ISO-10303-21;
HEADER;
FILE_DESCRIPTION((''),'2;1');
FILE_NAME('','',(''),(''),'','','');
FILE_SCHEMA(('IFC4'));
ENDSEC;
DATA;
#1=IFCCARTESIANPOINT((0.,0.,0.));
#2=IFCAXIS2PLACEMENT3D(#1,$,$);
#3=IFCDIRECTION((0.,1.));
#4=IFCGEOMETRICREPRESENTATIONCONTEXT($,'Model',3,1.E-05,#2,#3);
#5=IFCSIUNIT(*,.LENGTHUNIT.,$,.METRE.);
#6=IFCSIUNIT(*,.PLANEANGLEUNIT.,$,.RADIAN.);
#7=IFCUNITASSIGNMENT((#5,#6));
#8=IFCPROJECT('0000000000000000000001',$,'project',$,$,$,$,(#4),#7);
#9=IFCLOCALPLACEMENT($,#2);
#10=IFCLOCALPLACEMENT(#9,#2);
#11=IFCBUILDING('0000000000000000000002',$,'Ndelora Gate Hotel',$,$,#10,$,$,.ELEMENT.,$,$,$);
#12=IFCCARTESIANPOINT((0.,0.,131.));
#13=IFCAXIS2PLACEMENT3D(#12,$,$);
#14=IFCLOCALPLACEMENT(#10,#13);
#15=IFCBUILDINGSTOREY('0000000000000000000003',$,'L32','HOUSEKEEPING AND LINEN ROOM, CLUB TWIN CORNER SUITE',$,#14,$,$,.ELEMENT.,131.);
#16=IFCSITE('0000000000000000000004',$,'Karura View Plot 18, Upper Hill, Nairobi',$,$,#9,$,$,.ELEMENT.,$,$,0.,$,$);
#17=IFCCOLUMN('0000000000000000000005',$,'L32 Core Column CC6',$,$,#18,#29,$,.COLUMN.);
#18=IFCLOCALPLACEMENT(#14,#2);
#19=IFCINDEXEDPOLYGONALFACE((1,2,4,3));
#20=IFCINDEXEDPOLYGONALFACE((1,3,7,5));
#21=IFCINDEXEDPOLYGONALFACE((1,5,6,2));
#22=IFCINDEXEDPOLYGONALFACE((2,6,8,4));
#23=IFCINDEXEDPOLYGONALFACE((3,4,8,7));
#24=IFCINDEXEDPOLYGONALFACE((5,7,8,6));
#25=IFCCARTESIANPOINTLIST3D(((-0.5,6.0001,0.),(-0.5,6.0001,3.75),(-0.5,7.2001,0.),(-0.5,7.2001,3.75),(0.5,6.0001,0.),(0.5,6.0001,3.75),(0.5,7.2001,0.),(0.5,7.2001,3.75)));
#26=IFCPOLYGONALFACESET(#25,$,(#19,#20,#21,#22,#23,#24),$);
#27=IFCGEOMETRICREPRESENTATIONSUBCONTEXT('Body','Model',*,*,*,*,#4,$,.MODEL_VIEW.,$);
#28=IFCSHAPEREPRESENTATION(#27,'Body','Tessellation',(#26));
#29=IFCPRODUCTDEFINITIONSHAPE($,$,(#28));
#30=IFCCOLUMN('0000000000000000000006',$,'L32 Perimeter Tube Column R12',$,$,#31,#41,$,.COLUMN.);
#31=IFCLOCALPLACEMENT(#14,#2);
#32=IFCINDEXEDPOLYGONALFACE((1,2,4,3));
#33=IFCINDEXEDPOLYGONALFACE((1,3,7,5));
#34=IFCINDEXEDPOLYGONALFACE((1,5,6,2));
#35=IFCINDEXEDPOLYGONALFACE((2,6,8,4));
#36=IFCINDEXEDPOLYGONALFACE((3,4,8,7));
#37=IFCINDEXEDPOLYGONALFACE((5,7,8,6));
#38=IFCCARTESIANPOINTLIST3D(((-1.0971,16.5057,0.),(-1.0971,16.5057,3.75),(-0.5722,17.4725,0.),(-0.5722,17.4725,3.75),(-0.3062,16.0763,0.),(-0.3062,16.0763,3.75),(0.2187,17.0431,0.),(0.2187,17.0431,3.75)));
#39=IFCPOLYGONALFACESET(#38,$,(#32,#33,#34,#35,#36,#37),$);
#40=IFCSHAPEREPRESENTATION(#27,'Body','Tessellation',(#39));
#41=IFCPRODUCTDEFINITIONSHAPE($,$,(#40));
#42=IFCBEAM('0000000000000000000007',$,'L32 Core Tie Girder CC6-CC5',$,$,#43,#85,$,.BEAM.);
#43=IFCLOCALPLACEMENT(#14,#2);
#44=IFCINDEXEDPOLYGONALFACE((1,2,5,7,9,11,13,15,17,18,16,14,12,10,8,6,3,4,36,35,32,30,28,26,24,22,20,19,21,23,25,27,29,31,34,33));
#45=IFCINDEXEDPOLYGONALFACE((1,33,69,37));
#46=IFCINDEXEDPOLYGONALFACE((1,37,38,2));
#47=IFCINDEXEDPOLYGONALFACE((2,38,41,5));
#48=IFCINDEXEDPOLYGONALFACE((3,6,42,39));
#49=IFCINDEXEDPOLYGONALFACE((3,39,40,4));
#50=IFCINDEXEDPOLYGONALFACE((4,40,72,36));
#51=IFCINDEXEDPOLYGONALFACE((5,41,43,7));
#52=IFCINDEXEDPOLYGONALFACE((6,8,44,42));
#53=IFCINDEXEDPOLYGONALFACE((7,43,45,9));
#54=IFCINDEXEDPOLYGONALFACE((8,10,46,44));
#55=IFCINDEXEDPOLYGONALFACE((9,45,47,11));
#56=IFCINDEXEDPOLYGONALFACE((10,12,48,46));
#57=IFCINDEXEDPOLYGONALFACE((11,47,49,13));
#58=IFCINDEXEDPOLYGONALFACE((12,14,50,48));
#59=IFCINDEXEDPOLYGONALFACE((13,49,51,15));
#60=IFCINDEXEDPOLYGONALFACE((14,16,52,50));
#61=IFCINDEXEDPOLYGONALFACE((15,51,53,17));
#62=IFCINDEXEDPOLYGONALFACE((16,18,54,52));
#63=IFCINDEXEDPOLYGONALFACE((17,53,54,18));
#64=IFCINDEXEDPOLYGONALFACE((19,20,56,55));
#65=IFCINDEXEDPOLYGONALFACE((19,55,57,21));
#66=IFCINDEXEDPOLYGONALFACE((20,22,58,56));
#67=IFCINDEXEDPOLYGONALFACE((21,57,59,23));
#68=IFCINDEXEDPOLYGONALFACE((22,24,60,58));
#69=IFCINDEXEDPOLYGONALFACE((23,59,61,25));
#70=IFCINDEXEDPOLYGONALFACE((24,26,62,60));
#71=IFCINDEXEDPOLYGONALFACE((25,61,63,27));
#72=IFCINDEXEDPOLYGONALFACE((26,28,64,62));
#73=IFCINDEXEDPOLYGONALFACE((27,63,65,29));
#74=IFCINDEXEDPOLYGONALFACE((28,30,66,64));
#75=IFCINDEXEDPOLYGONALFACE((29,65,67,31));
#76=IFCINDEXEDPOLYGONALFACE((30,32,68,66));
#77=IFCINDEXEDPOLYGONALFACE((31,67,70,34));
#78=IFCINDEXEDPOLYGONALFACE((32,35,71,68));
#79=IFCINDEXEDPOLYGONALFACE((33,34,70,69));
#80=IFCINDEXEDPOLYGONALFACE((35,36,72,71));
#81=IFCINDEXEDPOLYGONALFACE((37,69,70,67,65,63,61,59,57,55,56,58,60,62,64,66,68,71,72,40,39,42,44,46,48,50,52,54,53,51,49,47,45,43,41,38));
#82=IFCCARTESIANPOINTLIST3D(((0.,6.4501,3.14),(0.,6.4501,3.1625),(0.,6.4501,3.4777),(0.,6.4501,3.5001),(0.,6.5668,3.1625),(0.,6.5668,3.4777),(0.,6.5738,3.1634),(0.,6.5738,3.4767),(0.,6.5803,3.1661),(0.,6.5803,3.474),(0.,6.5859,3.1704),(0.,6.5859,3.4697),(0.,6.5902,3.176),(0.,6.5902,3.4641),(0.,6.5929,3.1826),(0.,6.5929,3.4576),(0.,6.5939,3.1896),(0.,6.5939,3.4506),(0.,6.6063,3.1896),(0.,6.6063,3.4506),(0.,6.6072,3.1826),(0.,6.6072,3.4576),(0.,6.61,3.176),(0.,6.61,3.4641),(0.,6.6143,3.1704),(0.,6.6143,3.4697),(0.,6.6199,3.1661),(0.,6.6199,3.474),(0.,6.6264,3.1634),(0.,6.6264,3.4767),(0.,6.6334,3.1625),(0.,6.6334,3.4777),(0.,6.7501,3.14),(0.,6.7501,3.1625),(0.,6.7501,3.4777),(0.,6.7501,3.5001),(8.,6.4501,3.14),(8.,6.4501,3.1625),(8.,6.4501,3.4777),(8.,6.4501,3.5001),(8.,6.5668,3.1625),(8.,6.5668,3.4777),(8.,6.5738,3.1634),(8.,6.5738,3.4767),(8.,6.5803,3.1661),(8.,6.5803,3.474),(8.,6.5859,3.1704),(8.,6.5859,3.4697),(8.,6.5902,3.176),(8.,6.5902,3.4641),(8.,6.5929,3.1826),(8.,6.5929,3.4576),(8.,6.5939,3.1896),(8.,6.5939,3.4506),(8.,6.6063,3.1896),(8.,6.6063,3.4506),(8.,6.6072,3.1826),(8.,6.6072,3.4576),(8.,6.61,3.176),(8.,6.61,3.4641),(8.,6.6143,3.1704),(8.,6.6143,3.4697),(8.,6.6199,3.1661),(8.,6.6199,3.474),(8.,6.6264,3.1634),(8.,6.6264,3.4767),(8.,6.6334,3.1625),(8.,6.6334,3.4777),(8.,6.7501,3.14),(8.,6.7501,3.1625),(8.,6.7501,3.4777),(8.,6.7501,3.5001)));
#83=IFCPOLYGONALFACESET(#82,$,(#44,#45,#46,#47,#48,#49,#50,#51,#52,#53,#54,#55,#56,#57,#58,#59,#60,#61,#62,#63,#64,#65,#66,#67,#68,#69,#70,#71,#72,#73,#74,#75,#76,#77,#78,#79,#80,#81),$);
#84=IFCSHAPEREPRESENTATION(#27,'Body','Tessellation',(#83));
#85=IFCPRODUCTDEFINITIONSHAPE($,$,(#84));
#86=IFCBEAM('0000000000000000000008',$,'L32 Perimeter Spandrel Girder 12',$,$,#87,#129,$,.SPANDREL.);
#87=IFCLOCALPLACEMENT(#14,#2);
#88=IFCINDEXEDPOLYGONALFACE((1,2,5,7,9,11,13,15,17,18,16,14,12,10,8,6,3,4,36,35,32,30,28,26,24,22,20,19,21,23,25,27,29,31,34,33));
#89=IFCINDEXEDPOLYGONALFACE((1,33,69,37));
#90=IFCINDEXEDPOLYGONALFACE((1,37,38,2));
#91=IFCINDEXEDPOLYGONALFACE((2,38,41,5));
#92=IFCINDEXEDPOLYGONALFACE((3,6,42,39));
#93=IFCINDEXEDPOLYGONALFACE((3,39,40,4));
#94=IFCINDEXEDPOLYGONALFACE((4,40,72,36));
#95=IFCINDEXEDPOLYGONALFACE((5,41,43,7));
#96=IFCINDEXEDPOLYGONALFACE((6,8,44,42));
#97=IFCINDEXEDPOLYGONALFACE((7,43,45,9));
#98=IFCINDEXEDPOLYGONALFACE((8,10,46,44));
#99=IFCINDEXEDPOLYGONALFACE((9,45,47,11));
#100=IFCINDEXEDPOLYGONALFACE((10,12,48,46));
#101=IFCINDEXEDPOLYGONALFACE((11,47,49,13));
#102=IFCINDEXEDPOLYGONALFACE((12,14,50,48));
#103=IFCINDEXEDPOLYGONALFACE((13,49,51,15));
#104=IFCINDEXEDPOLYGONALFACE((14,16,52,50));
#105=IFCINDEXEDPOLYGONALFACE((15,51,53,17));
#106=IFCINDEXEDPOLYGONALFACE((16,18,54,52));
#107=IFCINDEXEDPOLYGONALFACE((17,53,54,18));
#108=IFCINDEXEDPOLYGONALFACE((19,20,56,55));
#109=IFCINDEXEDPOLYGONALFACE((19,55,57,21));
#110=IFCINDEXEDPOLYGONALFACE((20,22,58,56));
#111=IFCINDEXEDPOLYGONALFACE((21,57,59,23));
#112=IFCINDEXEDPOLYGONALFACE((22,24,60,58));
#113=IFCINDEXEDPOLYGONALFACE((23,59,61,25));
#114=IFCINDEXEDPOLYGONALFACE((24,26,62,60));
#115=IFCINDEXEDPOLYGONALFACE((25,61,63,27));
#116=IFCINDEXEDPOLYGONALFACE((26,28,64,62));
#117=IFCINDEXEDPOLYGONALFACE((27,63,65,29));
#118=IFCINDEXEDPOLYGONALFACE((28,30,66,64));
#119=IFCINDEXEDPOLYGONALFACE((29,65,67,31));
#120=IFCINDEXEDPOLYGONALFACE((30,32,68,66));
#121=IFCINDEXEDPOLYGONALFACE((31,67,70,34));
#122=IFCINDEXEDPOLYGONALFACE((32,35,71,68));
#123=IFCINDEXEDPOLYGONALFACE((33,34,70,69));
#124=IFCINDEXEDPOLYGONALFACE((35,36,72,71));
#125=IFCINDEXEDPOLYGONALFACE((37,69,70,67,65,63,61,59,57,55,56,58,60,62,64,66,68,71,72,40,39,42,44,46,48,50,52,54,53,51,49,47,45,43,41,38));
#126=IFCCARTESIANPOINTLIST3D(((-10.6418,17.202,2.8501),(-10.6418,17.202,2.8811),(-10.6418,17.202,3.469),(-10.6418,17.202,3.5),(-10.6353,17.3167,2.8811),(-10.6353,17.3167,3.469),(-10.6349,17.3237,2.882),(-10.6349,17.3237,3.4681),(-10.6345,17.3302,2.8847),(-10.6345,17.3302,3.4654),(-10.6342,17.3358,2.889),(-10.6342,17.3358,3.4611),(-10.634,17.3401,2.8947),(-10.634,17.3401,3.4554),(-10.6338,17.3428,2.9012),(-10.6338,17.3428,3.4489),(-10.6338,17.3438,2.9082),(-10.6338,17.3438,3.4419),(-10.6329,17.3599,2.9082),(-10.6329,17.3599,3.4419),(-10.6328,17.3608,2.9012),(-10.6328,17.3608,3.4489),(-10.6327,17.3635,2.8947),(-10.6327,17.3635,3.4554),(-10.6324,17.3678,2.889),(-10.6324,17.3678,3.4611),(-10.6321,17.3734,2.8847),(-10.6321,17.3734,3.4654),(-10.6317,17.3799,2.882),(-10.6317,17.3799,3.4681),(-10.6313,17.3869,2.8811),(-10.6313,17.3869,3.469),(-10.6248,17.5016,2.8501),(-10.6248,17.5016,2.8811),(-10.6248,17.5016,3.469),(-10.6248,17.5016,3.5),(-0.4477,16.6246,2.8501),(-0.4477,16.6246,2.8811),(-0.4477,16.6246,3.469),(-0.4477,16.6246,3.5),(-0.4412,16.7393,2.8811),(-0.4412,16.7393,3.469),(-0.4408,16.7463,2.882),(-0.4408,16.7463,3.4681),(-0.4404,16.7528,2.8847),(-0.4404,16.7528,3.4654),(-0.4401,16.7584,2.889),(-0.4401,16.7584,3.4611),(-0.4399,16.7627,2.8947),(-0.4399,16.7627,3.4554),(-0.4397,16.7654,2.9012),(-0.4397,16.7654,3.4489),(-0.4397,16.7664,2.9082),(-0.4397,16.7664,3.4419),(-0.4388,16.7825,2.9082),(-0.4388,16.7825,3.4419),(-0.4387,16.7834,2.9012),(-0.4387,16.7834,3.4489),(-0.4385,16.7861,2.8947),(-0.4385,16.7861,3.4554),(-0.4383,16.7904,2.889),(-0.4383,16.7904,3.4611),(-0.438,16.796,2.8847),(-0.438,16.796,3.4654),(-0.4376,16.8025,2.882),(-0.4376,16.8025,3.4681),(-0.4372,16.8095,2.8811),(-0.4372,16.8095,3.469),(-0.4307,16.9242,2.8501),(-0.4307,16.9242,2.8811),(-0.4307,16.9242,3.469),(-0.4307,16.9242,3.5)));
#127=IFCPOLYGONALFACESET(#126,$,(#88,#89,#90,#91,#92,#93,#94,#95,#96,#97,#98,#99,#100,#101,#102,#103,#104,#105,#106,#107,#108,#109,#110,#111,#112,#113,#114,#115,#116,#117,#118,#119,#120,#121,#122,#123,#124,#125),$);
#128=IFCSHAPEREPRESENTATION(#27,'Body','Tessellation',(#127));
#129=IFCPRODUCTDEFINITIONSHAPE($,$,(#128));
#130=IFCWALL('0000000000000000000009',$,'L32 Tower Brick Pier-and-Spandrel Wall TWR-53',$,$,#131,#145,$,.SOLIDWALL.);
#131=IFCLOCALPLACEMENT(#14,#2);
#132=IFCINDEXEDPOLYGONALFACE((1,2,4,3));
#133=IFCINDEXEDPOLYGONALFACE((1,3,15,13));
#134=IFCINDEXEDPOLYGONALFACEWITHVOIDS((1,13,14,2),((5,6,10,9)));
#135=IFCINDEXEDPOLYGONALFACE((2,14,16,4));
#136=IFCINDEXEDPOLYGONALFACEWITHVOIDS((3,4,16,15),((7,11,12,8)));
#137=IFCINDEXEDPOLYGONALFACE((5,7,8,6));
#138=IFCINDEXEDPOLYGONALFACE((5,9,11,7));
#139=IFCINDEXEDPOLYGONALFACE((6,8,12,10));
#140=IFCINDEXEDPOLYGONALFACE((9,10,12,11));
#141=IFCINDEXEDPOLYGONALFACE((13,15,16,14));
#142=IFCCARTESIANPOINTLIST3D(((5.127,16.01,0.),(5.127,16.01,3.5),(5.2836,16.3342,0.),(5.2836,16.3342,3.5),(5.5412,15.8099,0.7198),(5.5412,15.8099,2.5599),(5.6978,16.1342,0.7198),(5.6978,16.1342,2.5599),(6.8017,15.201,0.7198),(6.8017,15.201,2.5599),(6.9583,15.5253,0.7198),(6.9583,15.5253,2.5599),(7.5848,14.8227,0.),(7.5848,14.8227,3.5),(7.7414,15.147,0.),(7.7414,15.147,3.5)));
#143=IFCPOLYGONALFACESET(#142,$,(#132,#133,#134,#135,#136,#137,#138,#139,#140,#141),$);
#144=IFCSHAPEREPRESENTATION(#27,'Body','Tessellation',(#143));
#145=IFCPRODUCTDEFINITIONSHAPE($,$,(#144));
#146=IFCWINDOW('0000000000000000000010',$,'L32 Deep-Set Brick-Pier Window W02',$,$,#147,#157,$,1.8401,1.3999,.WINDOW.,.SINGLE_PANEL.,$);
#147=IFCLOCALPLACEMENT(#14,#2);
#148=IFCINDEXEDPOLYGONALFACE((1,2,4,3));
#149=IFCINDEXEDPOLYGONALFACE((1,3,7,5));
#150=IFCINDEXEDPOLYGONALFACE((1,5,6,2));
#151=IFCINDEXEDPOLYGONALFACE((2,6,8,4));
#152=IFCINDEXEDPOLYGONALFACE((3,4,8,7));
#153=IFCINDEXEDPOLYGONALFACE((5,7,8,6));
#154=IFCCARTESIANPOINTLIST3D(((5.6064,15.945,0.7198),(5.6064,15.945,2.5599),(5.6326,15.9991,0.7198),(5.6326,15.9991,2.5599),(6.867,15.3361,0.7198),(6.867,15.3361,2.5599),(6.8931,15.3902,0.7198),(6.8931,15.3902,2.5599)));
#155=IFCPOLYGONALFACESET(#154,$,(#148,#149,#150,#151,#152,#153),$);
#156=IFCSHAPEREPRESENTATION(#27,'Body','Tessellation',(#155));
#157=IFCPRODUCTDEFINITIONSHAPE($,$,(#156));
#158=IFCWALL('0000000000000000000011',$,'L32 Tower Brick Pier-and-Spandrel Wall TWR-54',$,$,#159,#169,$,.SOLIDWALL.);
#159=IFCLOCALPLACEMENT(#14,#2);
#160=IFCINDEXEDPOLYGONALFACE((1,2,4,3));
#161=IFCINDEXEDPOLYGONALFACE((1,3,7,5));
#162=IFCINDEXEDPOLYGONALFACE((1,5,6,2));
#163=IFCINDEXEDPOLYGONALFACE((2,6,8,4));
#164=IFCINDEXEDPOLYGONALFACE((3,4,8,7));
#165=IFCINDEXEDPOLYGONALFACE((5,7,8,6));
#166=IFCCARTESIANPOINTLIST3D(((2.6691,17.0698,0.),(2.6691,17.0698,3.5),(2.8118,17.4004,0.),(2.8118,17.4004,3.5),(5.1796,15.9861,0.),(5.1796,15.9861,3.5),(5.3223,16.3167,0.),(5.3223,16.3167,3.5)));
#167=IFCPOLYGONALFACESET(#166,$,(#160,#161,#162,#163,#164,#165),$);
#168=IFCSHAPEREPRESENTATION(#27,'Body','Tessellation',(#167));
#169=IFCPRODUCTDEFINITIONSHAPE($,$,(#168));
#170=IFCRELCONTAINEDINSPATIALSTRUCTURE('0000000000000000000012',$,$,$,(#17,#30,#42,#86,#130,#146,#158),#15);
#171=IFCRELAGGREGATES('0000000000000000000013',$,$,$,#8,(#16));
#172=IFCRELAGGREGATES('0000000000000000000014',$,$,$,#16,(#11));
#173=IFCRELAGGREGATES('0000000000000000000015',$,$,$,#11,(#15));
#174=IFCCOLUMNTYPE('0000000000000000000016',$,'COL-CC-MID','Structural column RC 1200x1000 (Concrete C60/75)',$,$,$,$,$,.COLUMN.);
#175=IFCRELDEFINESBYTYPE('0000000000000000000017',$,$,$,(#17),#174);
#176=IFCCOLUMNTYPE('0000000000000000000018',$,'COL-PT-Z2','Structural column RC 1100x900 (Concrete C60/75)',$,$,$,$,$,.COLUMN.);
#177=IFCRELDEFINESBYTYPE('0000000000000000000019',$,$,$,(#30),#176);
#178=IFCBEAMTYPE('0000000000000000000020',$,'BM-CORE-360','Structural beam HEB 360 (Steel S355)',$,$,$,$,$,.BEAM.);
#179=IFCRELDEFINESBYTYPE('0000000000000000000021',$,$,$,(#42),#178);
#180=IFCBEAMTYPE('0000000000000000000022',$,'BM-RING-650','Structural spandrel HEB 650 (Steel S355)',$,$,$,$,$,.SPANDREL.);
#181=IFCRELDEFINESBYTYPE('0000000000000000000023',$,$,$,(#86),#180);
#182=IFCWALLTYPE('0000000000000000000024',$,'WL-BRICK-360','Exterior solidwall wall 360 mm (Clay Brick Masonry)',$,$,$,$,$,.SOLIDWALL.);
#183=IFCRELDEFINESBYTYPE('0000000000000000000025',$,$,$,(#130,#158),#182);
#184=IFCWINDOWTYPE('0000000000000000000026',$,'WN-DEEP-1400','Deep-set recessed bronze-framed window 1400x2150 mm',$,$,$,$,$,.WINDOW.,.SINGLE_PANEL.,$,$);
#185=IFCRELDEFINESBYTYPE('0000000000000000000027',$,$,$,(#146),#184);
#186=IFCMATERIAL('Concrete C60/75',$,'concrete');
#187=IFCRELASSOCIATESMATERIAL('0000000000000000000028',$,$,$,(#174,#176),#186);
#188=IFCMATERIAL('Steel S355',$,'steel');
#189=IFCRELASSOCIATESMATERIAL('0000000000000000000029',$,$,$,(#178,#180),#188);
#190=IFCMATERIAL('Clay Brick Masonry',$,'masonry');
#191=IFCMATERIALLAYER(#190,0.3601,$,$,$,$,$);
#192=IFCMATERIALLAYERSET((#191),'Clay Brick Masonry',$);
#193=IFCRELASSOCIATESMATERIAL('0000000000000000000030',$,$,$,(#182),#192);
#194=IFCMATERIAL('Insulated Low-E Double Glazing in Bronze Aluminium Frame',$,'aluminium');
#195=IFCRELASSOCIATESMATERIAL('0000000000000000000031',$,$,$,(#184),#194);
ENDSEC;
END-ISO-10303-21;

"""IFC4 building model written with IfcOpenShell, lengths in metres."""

from ifc_helpers import new_model, si_unit, direction, frame, frame_2d, origin, origin_2d, place, context, subcontext, project, spatial, rectangle, i_section, extrude, material, layer, layer_set, material_profile, profile_set, type_object, element, fill, save


model = new_model("IFC4")

# Units and contexts
model_context = context("Model", 3, precision=1e-05, world=origin(), true_north=direction((0.0, 1.0)))
body_context = subcontext(model_context, "Body", "Model", "MODEL_VIEW")
ifc_project = project(units=[si_unit("LENGTHUNIT", "METRE"), si_unit("PLANEANGLEUNIT", "RADIAN")], contexts=[model_context])

# Site, building, storey
site_placement = place(None, origin())
site = spatial("IfcSite", under=ifc_project, at=site_placement, Name="Karura View Plot 18, Upper Hill, Nairobi", CompositionType="ELEMENT", RefElevation=0.0)
building_placement = place(site_placement, origin())
building = spatial("IfcBuilding", under=site, at=building_placement, Name="Ndelora Gate Hotel", CompositionType="ELEMENT")
storey_placement = place(building_placement, frame((0.0, 0.0, 131.0)))
storey = spatial("IfcBuildingStorey", under=building, at=storey_placement, Name="L32", Description="HOUSEKEEPING AND LINEN ROOM, CLUB TWIN CORNER SUITE", CompositionType="ELEMENT", Elevation=131.0)

# Columns
ifc_material_1 = material(Name="Concrete C60/75", Category="concrete")
ifc_material_profile_1 = material_profile(ifc_material_1, rectangle(XDim=1.0, YDim=1.2, at=origin_2d()), Name="RC 1200x1000")
ifc_profile_set_1 = profile_set([ifc_material_profile_1], Name="Concrete C60/75")
column_type_1 = type_object("IfcColumnType", Name="COL-CC-MID", Description="Structural column RC 1200x1000 (Concrete C60/75)", PredefinedType="COLUMN", material=ifc_profile_set_1)
column_1_placement = place(storey_placement, frame((0.0, 6.6001, 0.0), z_axis=(0.0, 0.0, 1.0), x_axis=(1.0, 0.0, 0.0)))
element("IfcColumn", 1, at=column_1_placement, inside=storey, type_object=column_type_1, Name="L32 Core Column CC6", PredefinedType="COLUMN", context=body_context, shape_type="SweptSolid", body=[
    extrude(rectangle(XDim=1.0, YDim=1.2, at=origin_2d()), origin(), (0.0, 0.0, 1.0), 3.75),
])
ifc_material_profile_2 = material_profile(ifc_material_1, rectangle(XDim=0.8999, YDim=1.1001, at=origin_2d()), Name="RC 1100x900")
ifc_profile_set_2 = profile_set([ifc_material_profile_2], Name="Concrete C60/75")
column_type_2 = type_object("IfcColumnType", Name="COL-PT-Z2", Description="Structural column RC 1100x900 (Concrete C60/75)", PredefinedType="COLUMN", material=ifc_profile_set_2)
column_2_placement = place(storey_placement, frame((-0.4392, 16.7744, 0.0), z_axis=(0.0, 0.0, 1.0), x_axis=(-0.878817, 0.477159, 0.0)))
element("IfcColumn", 2, at=column_2_placement, inside=storey, type_object=column_type_2, Name="L32 Perimeter Tube Column R12", PredefinedType="COLUMN", context=body_context, shape_type="SweptSolid", body=[
    extrude(rectangle(XDim=0.8999, YDim=1.1001, at=origin_2d()), origin(), (0.0, 0.0, 1.0), 3.75),
])

# Beams
ifc_material_2 = material(Name="Steel S355", Category="steel")
ifc_material_profile_3 = material_profile(ifc_material_2, i_section(OverallWidth=0.3, OverallDepth=0.3601, WebThickness=0.0125, FlangeThickness=0.0225, FilletRadius=0.0271, at=origin_2d()), Name="HEB 360")
ifc_profile_set_3 = profile_set([ifc_material_profile_3], Name="Steel S355")
beam_type_1 = type_object("IfcBeamType", Name="BM-CORE-360", Description="Structural beam HEB 360 (Steel S355)", PredefinedType="BEAM", material=ifc_profile_set_3)
beam_1_placement = place(storey_placement, frame((0.0, 6.6001, 3.3201), z_axis=(1.0, 0.0, 0.0), x_axis=(0.0, 1.0, 0.0)))
element("IfcBeam", 3, at=beam_1_placement, inside=storey, type_object=beam_type_1, Name="L32 Core Tie Girder CC6-CC5", PredefinedType="BEAM", context=body_context, shape_type="SweptSolid", body=[
    extrude(i_section(OverallWidth=0.3, OverallDepth=0.3601, WebThickness=0.0125, FlangeThickness=0.0225, FilletRadius=0.0271, at=origin_2d()), origin(), (0.0, 0.0, 1.0), 8.0),
])
ifc_material_profile_4 = material_profile(ifc_material_2, i_section(OverallWidth=0.3, OverallDepth=0.6499, WebThickness=0.0161, FlangeThickness=0.031, FilletRadius=0.0271, at=origin_2d()), Name="HEB 650")
ifc_profile_set_4 = profile_set([ifc_material_profile_4], Name="Steel S355")
beam_type_2 = type_object("IfcBeamType", Name="BM-RING-650", Description="Structural spandrel HEB 650 (Steel S355)", PredefinedType="SPANDREL", material=ifc_profile_set_4)
beam_2_placement = place(storey_placement, frame((-0.4392, 16.7744, 3.175), z_axis=(-0.9984, 0.056549, 0.0), x_axis=(-0.056549, -0.9984, 0.0)))
element("IfcBeam", 4, at=beam_2_placement, inside=storey, type_object=beam_type_2, Name="L32 Perimeter Spandrel Girder 12", PredefinedType="SPANDREL", context=body_context, shape_type="SweptSolid", body=[
    extrude(i_section(OverallWidth=0.3, OverallDepth=0.6499, WebThickness=0.0161, FlangeThickness=0.031, FilletRadius=0.0271, at=origin_2d()), origin(), (0.0, 0.0, 1.0), 10.2104),
])

# Wall, opening, window
ifc_material_3 = material(Name="Clay Brick Masonry", Category="masonry")
ifc_layer_1 = layer(ifc_material_3, 0.3601)
ifc_layer_set_1 = layer_set([ifc_layer_1], Name="Clay Brick Masonry")
wall_type_1 = type_object("IfcWallType", Name="WL-BRICK-360", Description="Exterior solidwall wall 360 mm (Clay Brick Masonry)", PredefinedType="SOLIDWALL", material=ifc_layer_set_1)
wall_1_placement = place(storey_placement, frame((5.2053, 16.1721, 0.0), z_axis=(0.0, 0.0, 1.0), x_axis=(0.900444, -0.434972, 0.0)))
wall_1 = element("IfcWall", 5, at=wall_1_placement, inside=storey, type_object=wall_type_1, Name="L32 Tower Brick Pier-and-Spandrel Wall TWR-53", PredefinedType="SOLIDWALL", context=body_context, shape_type="SweptSolid", body=[
    extrude(rectangle(XDim=2.7295, YDim=0.3601, at=frame_2d((1.3647, 0.0))), origin(), (0.0, 0.0, 1.0), 3.5),
])
opening_1_placement = place(wall_1_placement, frame((0.46, 0.0, 0.72)))
opening_1 = element("IfcOpeningElement", 6, at=opening_1_placement, cuts=wall_1, PredefinedType="OPENING", context=body_context, shape_type="SweptSolid", body=[
    extrude(rectangle(XDim=1.3999, YDim=1.8401, at=frame_2d((0.7, 0.9199))), frame((0.0, 0.1899, 0.0), z_axis=(0.0, -1.0, 0.0), x_axis=(1.0, 0.0, 0.0)), (0.0, 0.0, 1.0), 0.3801),
])
ifc_material_4 = material(Name="Insulated Low-E Double Glazing in Bronze Aluminium Frame", Category="aluminium")
window_type = type_object("IfcWindowType", Name="WN-DEEP-1400", Description="Deep-set recessed bronze-framed window 1400x2150 mm", PartitioningType="SINGLE_PANEL", PredefinedType="WINDOW", material=ifc_material_4)
window_1_placement = place(opening_1_placement, origin())
window_1 = element("IfcWindow", 7, at=window_1_placement, inside=storey, type_object=window_type, Name="L32 Deep-Set Brick-Pier Window W02", OverallHeight=1.8401, OverallWidth=1.3999, PartitioningType="SINGLE_PANEL", PredefinedType="WINDOW", context=body_context, shape_type="SweptSolid", body=[
    extrude(rectangle(XDim=1.3999, YDim=1.8401, at=frame_2d((0.7, 0.9199))), frame((0.0, 0.03, 0.0), z_axis=(0.0, -1.0, 0.0), x_axis=(1.0, 0.0, 0.0)), (0.0, 0.0, 1.0), 0.0601),
])
fill(opening_1, window_1)

# Wall
wall_2_placement = place(storey_placement, frame((2.7405, 17.2351, 0.0), z_axis=(0.0, 0.0, 1.0), x_axis=(0.918107, -0.396332, 0.0)))
element("IfcWall", 8, at=wall_2_placement, inside=storey, type_object=wall_type_1, Name="L32 Tower Brick Pier-and-Spandrel Wall TWR-54", PredefinedType="SOLIDWALL", context=body_context, shape_type="SweptSolid", body=[
    extrude(rectangle(XDim=2.7344, YDim=0.3601, at=frame_2d((1.3672, 0.0))), origin(), (0.0, 0.0, 1.0), 3.5),
])

save(model, "model.ifc")
